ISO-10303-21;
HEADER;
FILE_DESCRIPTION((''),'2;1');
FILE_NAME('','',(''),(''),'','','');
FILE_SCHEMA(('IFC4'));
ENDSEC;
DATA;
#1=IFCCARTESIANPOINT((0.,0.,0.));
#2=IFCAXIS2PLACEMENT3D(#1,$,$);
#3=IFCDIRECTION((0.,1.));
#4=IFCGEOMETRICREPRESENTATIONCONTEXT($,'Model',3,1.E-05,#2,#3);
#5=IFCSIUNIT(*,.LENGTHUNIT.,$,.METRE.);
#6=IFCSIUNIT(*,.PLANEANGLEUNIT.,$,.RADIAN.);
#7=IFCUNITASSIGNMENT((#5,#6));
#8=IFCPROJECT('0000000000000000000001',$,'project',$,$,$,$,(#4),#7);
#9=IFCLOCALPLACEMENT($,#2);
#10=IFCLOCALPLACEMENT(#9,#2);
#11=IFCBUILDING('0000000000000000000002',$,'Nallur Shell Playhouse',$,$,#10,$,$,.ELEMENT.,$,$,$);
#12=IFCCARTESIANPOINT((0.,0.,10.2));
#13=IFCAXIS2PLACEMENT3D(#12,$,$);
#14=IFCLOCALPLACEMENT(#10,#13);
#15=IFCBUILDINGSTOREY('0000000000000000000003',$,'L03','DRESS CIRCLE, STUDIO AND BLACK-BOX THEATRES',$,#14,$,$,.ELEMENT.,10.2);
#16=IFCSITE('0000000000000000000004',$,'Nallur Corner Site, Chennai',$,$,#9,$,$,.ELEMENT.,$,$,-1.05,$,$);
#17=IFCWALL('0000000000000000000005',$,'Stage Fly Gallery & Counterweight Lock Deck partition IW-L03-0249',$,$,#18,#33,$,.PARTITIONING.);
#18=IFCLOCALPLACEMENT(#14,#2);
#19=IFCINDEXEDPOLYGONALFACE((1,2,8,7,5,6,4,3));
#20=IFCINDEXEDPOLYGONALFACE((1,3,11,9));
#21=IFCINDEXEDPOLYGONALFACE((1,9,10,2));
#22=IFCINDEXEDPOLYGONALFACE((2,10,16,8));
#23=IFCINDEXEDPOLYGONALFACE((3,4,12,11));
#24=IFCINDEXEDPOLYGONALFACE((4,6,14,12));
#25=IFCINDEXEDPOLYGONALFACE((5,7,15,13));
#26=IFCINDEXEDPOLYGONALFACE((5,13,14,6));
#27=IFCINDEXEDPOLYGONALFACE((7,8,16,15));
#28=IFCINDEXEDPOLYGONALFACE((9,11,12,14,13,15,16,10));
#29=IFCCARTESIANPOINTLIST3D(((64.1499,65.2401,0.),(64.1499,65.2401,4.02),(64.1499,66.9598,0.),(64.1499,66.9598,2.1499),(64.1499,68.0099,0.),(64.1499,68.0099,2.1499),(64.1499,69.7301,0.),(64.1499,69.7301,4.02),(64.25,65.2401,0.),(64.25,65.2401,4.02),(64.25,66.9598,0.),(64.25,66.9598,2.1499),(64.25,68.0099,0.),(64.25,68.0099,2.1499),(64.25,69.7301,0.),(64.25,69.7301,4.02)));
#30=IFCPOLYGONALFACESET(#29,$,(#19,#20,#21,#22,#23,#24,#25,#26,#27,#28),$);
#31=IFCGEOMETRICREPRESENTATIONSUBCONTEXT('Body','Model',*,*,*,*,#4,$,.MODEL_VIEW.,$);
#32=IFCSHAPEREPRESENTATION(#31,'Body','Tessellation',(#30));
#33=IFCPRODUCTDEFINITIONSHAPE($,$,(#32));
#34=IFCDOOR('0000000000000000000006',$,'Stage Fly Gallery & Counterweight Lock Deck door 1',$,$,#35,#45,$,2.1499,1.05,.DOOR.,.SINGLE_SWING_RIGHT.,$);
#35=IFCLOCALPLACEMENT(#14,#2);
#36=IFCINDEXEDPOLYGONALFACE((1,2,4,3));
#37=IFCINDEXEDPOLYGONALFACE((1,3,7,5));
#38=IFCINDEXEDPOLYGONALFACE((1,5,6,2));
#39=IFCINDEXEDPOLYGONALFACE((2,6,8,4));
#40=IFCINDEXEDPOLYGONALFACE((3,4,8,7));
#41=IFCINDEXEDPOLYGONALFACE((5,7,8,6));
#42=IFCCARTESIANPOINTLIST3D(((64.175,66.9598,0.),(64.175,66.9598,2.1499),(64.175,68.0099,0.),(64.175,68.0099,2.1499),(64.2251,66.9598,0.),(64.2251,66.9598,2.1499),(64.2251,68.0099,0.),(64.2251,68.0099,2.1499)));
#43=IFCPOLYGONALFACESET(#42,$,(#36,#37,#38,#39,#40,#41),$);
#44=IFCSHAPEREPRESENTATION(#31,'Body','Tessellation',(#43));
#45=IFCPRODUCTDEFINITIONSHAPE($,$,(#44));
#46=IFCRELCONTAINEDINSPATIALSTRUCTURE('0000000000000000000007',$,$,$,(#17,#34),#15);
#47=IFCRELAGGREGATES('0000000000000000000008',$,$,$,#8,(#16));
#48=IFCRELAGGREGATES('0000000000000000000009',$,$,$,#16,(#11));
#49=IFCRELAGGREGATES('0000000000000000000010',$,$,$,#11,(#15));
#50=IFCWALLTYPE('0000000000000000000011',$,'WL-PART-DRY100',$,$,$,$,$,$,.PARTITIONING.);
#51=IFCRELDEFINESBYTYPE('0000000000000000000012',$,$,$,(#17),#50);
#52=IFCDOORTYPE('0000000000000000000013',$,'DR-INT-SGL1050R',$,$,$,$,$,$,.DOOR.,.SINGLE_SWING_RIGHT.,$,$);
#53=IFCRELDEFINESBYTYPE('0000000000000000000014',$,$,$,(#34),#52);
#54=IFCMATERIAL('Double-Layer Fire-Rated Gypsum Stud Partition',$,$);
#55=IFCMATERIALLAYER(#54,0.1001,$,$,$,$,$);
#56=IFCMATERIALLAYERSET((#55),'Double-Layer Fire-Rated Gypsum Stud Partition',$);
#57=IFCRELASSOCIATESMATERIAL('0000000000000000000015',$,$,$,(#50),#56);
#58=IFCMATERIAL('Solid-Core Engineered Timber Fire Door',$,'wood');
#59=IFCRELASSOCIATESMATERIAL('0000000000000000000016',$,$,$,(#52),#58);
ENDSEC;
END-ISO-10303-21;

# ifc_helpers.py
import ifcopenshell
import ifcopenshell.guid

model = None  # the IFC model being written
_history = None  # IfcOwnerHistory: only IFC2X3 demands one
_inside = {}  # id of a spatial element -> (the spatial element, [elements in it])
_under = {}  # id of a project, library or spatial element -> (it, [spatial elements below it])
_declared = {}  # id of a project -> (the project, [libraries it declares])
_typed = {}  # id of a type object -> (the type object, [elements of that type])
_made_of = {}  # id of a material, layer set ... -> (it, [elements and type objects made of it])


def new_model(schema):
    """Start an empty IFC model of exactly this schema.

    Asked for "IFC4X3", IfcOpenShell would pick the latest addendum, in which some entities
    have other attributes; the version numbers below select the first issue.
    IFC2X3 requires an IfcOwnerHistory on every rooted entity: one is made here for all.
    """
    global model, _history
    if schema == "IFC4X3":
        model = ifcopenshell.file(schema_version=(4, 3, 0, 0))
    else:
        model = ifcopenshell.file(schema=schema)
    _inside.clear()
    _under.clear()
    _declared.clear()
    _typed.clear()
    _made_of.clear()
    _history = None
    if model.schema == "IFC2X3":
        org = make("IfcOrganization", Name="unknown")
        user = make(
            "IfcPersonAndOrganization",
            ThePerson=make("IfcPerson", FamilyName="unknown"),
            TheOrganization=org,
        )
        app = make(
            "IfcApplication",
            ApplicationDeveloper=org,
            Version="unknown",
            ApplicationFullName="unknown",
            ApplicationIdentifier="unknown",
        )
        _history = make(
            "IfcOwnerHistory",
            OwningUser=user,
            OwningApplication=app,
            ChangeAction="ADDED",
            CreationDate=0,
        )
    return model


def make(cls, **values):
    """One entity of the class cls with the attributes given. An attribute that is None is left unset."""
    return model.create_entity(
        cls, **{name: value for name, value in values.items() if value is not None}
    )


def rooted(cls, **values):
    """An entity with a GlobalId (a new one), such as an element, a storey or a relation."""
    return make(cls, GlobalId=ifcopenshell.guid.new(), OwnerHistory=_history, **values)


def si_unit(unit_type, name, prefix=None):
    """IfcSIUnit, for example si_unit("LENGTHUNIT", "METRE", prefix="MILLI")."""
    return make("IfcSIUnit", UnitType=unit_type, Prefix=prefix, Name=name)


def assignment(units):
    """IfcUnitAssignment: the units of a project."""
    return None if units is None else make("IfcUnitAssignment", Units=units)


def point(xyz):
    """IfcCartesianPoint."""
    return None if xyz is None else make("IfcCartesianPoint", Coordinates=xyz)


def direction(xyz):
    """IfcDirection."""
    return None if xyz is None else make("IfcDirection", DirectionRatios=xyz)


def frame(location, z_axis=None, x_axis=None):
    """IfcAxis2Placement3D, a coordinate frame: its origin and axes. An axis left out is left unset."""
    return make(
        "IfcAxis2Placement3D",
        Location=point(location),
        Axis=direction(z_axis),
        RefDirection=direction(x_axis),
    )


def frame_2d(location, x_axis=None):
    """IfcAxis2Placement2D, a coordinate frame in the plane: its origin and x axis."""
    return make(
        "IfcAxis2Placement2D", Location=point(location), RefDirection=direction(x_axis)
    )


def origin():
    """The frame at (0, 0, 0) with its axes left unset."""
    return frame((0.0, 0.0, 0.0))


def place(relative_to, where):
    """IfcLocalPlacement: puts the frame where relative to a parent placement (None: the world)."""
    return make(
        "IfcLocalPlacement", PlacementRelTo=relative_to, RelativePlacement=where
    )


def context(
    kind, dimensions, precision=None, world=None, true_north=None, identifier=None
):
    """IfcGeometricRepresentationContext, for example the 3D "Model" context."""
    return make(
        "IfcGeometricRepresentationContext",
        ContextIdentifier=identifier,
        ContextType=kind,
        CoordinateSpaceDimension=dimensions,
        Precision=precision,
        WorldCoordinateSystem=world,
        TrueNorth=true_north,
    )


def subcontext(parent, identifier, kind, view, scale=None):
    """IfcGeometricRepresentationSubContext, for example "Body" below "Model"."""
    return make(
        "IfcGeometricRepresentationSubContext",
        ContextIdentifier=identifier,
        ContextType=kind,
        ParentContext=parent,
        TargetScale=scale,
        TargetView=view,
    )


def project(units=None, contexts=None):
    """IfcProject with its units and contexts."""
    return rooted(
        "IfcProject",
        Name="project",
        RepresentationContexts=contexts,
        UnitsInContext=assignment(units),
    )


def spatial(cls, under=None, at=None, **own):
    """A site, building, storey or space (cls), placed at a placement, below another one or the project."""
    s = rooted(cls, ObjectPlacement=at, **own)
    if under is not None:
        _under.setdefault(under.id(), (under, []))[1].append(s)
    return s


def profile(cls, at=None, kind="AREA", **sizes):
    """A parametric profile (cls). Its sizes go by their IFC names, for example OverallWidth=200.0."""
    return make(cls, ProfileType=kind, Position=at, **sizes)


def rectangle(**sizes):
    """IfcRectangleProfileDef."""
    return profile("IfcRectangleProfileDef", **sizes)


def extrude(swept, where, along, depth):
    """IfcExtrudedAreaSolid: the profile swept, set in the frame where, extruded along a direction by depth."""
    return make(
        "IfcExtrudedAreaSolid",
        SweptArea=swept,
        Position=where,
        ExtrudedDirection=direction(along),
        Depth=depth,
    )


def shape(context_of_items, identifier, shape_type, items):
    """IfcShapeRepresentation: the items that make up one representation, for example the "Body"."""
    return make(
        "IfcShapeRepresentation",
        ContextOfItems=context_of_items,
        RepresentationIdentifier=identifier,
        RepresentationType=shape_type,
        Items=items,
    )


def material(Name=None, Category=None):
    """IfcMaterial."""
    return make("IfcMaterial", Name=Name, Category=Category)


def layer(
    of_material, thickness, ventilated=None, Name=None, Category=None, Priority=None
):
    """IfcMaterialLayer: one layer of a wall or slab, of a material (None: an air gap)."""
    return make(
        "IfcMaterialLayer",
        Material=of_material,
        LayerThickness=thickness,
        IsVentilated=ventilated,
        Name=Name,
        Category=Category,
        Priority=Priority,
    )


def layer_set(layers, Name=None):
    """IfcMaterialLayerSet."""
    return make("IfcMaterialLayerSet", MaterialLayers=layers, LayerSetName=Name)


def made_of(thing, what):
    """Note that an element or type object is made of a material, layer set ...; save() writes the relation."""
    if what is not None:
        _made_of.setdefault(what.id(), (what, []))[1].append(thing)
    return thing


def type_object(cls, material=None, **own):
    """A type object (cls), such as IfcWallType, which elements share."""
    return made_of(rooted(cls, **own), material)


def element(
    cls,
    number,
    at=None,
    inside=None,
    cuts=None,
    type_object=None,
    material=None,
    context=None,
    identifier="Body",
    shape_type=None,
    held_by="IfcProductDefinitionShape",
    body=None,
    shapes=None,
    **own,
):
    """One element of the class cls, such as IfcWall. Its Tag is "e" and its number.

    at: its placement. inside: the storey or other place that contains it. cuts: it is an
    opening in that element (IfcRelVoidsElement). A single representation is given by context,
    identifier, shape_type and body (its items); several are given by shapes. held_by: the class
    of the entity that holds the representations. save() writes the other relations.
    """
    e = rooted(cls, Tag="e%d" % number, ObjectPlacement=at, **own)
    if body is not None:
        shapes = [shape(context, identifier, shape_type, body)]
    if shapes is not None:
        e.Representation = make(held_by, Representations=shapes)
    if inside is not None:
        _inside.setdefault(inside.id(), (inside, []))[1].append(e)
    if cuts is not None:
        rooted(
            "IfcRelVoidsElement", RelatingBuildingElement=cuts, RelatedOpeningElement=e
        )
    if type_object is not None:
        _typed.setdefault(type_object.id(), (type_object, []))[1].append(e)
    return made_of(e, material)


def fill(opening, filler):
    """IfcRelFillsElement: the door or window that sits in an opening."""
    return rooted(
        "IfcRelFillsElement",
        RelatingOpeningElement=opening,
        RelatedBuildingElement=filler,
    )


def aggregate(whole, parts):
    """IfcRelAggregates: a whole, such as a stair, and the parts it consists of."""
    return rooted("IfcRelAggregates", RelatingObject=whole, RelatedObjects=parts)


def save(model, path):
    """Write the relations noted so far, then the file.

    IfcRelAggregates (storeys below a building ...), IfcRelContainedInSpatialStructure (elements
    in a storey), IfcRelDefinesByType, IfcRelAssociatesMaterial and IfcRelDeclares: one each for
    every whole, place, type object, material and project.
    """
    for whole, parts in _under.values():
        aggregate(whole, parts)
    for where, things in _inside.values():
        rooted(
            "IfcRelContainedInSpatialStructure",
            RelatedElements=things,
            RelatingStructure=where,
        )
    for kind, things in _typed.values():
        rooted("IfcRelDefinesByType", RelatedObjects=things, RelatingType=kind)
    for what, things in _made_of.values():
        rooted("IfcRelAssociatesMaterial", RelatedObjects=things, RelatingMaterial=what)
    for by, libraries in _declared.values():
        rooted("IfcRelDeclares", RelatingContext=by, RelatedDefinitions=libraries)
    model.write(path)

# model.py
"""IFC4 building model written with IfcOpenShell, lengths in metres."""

from ifc_helpers import new_model, si_unit, direction, frame, frame_2d, origin, place, context, subcontext, project, spatial, rectangle, extrude, material, layer, layer_set, type_object, element, fill, save


model = new_model("IFC4")

# Units and contexts
model_context = context("Model", 3, precision=1e-05, world=origin(), true_north=direction((0.0, 1.0)))
body_context = subcontext(model_context, "Body", "Model", "MODEL_VIEW")
ifc_project = project(units=[si_unit("LENGTHUNIT", "METRE"), si_unit("PLANEANGLEUNIT", "RADIAN")], contexts=[model_context])

# Site, building, storey
site_placement = place(None, origin())
site = spatial("IfcSite", under=ifc_project, at=site_placement, Name="Nallur Corner Site, Chennai", CompositionType="ELEMENT", RefElevation=-1.05)
building_placement = place(site_placement, origin())
building = spatial("IfcBuilding", under=site, at=building_placement, Name="Nallur Shell Playhouse", CompositionType="ELEMENT")
storey_placement = place(building_placement, frame((0.0, 0.0, 10.2)))
storey = spatial("IfcBuildingStorey", under=building, at=storey_placement, Name="L03", Description="DRESS CIRCLE, STUDIO AND BLACK-BOX THEATRES", CompositionType="ELEMENT", Elevation=10.2)

# Shared definitions
ifc_material_1 = material(Name="Double-Layer Fire-Rated Gypsum Stud Partition")
ifc_layer_1 = layer(ifc_material_1, 0.1001)
ifc_layer_set_1 = layer_set([ifc_layer_1], Name="Double-Layer Fire-Rated Gypsum Stud Partition")
wall_type = type_object("IfcWallType", Name="WL-PART-DRY100", PredefinedType="PARTITIONING", material=ifc_layer_set_1)

# Wall, opening, door
wall_1_placement = place(storey_placement, frame((64.2, 65.24, 0.0), z_axis=(0.0, 0.0, 1.0), x_axis=(0.0, 1.0, 0.0)))
wall_1 = element("IfcWall", 1, at=wall_1_placement, inside=storey, type_object=wall_type, Name="Stage Fly Gallery & Counterweight Lock Deck partition IW-L03-0249", PredefinedType="PARTITIONING", context=body_context, shape_type="SweptSolid", body=[
    extrude(rectangle(XDim=4.49, YDim=0.1001, at=frame_2d((2.2451, 0.0))), origin(), (0.0, 0.0, 1.0), 4.02),
])
opening_placement = place(wall_1_placement, frame((1.72, 0.0, 0.0)))
opening = element("IfcOpeningElement", 2, at=opening_placement, cuts=wall_1, PredefinedType="OPENING", context=body_context, shape_type="SweptSolid", body=[
    extrude(rectangle(XDim=1.05, YDim=2.1499, at=frame_2d((0.5249, 1.075))), frame((0.0, 0.0601, 0.0), z_axis=(0.0, -1.0, 0.0), x_axis=(1.0, 0.0, 0.0)), (0.0, 0.0, 1.0), 0.1201),
])
ifc_material_2 = material(Name="Solid-Core Engineered Timber Fire Door", Category="wood")
door_type = type_object("IfcDoorType", Name="DR-INT-SGL1050R", OperationType="SINGLE_SWING_RIGHT", PredefinedType="DOOR", material=ifc_material_2)
door_placement = place(opening_placement, origin())
door = element("IfcDoor", 3, at=door_placement, inside=storey, type_object=door_type, Name="Stage Fly Gallery & Counterweight Lock Deck door 1", OperationType="SINGLE_SWING_RIGHT", OverallHeight=2.1499, OverallWidth=1.05, PredefinedType="DOOR", context=body_context, shape_type="SweptSolid", body=[
    extrude(rectangle(XDim=1.05, YDim=2.1499, at=frame_2d((0.5249, 1.075))), frame((0.0, 0.0249, 0.0), z_axis=(0.0, -1.0, 0.0), x_axis=(1.0, 0.0, 0.0)), (0.0, 0.0, 1.0), 0.05),
])
fill(opening, door)

save(model, "model.ifc")
